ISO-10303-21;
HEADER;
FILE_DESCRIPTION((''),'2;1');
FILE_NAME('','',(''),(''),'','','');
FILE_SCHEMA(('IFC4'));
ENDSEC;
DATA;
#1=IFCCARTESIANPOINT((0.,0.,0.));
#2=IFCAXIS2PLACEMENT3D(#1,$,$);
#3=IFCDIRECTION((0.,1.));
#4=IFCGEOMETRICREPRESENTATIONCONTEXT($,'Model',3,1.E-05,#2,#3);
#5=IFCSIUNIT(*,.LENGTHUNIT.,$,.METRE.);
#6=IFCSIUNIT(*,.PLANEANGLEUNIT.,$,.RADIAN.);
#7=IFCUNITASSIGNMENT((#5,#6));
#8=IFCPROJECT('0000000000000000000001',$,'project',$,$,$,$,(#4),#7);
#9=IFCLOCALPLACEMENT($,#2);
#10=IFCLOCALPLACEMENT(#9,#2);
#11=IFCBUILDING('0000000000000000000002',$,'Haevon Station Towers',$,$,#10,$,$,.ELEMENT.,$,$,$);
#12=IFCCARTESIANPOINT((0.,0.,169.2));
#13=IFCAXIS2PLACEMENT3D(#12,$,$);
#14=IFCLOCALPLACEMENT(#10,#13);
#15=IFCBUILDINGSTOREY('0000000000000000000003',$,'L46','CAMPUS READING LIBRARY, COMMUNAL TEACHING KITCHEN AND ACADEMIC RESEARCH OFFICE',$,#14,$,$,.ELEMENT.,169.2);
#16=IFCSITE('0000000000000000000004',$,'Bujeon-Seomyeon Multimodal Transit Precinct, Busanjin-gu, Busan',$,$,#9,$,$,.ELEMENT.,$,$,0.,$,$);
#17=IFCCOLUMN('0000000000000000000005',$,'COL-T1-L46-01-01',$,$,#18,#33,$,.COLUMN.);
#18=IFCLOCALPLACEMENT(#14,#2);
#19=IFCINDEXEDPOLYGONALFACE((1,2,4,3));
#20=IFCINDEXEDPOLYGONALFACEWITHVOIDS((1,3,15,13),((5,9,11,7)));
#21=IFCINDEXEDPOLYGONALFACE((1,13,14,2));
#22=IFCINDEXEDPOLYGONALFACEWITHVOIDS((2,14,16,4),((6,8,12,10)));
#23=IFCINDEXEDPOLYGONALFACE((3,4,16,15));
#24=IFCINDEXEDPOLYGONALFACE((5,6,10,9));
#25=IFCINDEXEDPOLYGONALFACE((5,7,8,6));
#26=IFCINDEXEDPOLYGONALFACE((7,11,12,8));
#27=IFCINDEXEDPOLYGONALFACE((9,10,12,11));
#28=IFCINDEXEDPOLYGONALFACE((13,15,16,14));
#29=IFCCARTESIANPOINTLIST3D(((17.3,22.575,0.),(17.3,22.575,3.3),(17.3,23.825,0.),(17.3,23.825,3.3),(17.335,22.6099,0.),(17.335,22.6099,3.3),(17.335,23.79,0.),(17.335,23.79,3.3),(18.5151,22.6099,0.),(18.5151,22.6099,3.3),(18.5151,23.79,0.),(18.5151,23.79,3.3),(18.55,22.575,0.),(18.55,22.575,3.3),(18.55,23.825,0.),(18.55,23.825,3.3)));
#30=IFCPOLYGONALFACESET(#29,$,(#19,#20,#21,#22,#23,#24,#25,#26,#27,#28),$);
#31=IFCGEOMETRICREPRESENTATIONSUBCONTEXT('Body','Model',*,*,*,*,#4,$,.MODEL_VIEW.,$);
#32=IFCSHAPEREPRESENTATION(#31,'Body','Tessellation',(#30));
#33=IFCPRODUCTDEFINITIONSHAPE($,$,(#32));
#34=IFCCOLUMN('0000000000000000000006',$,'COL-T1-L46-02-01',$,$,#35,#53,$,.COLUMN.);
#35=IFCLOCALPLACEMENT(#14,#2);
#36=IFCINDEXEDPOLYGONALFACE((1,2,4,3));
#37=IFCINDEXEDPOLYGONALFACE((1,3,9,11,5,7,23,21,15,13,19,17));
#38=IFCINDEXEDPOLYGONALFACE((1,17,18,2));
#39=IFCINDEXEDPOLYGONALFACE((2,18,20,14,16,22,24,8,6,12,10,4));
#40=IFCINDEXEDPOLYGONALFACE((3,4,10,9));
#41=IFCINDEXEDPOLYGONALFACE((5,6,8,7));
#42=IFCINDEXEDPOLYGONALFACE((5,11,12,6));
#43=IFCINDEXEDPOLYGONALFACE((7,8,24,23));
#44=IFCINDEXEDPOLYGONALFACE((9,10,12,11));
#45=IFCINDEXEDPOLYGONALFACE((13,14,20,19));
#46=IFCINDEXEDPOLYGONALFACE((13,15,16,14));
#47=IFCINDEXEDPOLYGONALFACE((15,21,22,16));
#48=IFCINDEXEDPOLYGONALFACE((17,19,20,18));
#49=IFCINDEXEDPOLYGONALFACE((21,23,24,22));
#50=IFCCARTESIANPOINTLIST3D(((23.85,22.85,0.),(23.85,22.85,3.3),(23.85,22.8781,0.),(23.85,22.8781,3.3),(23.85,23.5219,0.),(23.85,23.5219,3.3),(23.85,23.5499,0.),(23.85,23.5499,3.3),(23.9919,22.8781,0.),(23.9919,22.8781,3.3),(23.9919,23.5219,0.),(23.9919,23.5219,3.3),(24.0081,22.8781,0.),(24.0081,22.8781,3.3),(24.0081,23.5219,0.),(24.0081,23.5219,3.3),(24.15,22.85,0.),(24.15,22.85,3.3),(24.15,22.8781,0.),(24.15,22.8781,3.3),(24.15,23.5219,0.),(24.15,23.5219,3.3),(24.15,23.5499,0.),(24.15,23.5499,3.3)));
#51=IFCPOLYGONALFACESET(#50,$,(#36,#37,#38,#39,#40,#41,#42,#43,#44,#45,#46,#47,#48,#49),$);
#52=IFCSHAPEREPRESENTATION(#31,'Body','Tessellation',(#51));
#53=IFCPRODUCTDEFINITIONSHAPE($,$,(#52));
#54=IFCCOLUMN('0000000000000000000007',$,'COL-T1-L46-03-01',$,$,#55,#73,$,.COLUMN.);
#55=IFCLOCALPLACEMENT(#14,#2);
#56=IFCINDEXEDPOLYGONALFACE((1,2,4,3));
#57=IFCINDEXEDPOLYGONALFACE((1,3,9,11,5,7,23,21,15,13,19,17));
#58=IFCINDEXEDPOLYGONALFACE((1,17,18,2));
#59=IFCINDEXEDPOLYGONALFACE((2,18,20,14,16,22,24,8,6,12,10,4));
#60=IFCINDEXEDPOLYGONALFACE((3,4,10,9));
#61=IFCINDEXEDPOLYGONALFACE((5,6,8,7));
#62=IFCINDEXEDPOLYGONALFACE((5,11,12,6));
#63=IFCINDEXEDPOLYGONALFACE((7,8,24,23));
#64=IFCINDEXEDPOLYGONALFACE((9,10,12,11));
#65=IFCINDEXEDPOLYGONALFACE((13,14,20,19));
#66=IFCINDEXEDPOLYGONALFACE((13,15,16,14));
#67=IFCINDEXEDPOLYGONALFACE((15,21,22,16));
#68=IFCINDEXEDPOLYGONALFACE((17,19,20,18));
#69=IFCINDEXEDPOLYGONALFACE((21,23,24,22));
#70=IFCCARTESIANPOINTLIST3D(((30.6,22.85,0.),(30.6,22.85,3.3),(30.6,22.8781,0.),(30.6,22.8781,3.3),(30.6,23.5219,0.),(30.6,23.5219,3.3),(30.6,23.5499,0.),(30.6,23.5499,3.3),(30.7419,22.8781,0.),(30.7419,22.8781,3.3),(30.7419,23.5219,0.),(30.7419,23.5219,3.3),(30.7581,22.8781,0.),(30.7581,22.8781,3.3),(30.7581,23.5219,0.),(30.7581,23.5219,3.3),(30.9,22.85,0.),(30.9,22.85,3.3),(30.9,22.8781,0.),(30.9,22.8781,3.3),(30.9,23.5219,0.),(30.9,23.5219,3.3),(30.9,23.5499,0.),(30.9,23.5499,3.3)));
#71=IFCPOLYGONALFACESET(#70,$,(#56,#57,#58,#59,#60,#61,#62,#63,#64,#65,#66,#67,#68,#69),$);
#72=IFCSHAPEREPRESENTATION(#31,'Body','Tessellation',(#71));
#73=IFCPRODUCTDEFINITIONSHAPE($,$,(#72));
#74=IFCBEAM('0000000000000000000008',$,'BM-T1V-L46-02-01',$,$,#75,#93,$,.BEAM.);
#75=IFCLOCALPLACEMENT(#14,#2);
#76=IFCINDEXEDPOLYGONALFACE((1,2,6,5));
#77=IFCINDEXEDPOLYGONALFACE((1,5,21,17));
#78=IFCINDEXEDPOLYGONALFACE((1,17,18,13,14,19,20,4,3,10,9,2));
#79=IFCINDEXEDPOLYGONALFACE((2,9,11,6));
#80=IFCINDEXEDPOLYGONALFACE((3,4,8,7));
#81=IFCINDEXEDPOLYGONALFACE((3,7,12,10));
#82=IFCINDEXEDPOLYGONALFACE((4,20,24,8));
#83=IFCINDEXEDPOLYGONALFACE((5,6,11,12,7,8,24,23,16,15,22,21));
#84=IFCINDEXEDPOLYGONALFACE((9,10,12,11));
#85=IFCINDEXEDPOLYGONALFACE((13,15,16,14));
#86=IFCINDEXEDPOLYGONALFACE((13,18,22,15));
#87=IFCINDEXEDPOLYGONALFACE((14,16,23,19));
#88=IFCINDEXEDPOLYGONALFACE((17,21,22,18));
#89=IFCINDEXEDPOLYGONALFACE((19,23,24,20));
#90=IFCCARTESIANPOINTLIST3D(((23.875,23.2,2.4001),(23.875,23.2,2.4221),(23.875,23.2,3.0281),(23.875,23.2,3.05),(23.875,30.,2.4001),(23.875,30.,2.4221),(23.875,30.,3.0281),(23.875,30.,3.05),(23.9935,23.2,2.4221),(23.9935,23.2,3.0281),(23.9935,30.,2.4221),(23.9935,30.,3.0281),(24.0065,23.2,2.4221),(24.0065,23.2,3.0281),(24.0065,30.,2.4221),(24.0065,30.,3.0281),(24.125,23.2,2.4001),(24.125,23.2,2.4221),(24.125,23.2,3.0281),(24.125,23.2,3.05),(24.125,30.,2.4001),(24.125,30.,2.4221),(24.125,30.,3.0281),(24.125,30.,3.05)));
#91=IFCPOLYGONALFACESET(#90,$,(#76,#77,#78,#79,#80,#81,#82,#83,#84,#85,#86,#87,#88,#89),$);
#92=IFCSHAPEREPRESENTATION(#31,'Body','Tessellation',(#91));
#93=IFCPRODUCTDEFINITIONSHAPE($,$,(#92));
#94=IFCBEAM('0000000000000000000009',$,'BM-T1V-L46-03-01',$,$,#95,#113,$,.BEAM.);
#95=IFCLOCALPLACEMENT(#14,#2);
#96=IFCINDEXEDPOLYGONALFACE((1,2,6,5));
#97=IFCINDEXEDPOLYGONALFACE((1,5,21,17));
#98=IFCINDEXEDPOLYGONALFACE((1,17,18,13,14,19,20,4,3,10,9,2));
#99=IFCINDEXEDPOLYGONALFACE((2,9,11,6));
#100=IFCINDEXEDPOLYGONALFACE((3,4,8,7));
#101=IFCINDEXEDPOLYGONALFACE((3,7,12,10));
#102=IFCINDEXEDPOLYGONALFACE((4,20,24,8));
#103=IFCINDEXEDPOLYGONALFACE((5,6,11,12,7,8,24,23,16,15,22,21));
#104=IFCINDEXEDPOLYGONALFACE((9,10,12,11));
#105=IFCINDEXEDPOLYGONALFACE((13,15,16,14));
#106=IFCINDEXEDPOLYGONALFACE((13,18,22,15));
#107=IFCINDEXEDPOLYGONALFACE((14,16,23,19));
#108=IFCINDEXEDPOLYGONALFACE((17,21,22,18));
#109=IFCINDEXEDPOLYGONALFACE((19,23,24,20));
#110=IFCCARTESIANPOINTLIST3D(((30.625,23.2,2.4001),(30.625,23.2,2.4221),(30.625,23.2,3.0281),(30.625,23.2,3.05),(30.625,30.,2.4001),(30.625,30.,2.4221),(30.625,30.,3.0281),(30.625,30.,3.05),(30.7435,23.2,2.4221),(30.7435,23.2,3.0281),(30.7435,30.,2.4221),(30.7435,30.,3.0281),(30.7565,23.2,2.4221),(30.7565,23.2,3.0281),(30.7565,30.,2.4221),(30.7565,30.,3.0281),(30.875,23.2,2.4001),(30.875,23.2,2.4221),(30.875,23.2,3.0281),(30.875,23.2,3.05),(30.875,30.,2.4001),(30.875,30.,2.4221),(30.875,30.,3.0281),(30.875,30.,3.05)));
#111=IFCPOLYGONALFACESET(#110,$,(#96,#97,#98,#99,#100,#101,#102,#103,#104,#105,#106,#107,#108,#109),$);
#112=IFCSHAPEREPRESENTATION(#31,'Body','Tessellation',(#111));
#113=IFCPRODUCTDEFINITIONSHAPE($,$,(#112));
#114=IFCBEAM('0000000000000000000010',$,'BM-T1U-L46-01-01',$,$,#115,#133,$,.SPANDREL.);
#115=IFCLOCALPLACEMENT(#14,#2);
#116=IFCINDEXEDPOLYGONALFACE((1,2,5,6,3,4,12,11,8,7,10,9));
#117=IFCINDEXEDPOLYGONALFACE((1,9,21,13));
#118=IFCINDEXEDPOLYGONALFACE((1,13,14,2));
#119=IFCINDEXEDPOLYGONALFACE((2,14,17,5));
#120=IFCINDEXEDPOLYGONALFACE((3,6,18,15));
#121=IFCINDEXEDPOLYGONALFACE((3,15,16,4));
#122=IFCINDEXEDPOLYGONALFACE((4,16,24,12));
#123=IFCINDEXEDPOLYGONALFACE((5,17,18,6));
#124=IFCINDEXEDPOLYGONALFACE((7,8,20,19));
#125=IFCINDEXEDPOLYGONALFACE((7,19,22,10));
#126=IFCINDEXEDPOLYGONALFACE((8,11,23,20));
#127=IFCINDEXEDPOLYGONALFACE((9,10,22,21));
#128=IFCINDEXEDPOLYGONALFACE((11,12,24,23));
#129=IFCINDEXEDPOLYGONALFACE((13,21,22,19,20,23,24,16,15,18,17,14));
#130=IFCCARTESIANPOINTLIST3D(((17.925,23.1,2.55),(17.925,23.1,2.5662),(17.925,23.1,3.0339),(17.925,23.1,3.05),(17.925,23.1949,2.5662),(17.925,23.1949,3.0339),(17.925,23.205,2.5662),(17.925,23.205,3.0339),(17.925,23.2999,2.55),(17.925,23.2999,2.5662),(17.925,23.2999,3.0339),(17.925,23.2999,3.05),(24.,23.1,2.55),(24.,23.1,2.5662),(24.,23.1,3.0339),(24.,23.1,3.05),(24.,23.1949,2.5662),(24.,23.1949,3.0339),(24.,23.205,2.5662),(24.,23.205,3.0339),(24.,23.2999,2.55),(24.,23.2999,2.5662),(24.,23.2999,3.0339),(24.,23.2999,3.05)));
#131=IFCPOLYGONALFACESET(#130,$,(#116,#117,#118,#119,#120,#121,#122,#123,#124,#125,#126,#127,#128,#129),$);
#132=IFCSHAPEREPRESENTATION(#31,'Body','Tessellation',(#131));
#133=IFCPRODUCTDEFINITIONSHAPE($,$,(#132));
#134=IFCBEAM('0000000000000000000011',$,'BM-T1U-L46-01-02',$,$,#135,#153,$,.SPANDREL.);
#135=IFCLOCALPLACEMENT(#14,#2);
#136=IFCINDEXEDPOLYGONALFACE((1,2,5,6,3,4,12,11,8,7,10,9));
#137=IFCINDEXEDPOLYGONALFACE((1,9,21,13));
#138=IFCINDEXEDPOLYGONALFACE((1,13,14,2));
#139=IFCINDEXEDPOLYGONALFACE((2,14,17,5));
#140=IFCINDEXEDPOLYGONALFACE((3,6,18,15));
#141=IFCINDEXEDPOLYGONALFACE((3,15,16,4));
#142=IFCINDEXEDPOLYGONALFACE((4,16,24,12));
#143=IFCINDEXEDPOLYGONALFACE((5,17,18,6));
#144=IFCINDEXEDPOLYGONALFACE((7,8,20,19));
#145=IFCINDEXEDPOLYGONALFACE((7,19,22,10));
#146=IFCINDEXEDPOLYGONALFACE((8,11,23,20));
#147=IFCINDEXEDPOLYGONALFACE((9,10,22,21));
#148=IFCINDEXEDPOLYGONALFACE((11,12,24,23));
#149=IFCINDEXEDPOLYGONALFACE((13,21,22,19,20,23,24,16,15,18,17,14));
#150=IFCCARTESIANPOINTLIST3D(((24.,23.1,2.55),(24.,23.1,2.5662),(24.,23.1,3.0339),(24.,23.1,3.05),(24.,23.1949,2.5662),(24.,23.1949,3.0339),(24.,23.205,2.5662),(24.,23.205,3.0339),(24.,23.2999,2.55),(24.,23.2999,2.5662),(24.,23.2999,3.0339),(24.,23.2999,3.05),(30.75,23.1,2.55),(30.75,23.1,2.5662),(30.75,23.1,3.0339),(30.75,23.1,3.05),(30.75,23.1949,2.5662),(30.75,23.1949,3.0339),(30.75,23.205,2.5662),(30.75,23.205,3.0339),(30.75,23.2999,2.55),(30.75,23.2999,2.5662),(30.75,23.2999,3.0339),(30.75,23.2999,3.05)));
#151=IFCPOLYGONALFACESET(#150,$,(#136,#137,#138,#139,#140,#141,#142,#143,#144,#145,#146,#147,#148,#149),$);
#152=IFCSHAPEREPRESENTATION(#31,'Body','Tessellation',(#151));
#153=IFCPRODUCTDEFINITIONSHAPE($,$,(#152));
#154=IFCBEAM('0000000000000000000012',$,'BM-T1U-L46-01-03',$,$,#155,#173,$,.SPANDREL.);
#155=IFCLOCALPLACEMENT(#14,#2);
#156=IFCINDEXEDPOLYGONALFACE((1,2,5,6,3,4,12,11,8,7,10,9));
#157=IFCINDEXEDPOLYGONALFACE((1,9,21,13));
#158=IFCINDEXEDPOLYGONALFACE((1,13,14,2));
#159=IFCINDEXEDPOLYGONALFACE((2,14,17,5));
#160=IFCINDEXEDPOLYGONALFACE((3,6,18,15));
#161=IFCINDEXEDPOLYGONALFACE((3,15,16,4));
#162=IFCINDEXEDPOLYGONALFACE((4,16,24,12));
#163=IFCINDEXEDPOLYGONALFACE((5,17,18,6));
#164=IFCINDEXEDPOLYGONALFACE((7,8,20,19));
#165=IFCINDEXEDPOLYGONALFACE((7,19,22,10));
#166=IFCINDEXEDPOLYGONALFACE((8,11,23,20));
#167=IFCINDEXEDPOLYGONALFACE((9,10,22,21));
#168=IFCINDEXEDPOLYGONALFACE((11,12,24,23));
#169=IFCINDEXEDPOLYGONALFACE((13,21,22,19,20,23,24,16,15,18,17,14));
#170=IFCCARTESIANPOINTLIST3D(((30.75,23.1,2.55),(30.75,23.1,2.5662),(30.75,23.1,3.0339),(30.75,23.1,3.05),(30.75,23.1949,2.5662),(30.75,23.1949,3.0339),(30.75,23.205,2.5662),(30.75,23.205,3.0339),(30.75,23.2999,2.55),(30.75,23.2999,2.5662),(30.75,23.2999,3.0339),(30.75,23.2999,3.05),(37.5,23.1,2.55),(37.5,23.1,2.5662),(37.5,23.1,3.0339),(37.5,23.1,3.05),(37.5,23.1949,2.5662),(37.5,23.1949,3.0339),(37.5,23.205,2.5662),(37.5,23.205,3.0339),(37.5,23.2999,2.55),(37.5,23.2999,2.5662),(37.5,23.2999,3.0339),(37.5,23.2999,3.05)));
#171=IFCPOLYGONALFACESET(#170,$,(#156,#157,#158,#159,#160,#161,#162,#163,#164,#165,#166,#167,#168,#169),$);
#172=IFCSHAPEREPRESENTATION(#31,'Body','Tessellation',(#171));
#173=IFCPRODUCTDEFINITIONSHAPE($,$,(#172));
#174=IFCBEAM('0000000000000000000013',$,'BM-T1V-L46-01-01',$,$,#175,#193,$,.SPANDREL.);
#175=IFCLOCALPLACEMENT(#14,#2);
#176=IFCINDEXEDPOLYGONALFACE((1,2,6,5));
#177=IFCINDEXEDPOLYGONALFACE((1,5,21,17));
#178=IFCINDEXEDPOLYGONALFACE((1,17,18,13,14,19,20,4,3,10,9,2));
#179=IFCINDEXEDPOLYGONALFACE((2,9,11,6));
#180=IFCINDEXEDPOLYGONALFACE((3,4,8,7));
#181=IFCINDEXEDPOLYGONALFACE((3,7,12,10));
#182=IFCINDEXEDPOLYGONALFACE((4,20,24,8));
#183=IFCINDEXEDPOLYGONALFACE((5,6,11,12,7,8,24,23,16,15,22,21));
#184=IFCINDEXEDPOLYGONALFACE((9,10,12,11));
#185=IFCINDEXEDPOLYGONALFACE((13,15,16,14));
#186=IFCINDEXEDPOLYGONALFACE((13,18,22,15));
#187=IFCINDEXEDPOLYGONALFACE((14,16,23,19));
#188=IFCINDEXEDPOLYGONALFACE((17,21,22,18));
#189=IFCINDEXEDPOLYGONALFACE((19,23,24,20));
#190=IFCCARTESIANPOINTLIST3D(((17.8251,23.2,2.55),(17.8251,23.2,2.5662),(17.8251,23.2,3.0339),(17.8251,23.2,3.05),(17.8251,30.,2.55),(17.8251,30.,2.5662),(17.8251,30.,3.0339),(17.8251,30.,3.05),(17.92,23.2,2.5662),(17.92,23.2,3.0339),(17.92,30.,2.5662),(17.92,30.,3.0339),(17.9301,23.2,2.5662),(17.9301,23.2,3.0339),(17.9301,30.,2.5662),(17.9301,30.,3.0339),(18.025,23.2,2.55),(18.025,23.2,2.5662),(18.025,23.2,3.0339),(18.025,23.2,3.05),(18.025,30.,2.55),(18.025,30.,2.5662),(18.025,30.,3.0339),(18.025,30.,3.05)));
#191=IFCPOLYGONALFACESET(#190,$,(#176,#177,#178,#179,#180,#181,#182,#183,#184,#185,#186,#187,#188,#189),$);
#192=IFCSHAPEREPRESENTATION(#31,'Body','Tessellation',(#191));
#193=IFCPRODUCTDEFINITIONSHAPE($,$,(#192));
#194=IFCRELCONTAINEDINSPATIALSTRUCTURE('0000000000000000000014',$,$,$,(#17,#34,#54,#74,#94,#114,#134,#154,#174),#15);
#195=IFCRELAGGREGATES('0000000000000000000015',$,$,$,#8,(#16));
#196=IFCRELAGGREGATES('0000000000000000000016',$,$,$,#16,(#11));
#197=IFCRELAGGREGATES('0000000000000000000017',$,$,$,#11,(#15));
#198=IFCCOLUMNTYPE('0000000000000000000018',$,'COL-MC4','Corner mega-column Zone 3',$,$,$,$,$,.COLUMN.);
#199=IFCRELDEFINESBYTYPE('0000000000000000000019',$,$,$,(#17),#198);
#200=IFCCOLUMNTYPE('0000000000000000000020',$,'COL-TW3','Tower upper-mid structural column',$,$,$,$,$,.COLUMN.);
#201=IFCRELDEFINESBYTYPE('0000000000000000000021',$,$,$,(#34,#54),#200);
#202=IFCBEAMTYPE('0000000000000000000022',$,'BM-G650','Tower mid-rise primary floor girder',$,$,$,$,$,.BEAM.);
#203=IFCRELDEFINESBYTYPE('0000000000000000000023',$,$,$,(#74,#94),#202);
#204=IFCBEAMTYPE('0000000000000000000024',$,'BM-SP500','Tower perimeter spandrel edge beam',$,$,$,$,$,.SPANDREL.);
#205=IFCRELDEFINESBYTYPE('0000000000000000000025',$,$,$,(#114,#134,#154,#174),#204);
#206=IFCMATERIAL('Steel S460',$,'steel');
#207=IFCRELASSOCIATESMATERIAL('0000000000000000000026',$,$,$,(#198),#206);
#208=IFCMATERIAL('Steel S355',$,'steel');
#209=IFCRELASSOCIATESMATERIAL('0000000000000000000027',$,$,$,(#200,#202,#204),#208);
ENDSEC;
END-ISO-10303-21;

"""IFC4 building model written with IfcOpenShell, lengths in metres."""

from ifc_helpers import new_model, si_unit, direction, frame, origin, origin_2d, place, context, subcontext, project, spatial, hollow_rectangle, i_section, extrude, material, material_profile, profile_set, type_object, element, save


model = new_model("IFC4")

# Units and contexts
model_context = context("Model", 3, precision=1e-05, world=origin(), true_north=direction((0.0, 1.0)))
body_context = subcontext(model_context, "Body", "Model", "MODEL_VIEW")
ifc_project = project(units=[si_unit("LENGTHUNIT", "METRE"), si_unit("PLANEANGLEUNIT", "RADIAN")], contexts=[model_context])

# Site, building, storey
site_placement = place(None, origin())
site = spatial("IfcSite", under=ifc_project, at=site_placement, Name="Bujeon-Seomyeon Multimodal Transit Precinct, Busanjin-gu, Busan", CompositionType="ELEMENT", RefElevation=0.0)
building_placement = place(site_placement, origin())
building = spatial("IfcBuilding", under=site, at=building_placement, Name="Haevon Station Towers", CompositionType="ELEMENT")
storey_placement = place(building_placement, frame((0.0, 0.0, 169.2)))
storey = spatial("IfcBuildingStorey", under=building, at=storey_placement, Name="L46", Description="CAMPUS READING LIBRARY, COMMUNAL TEACHING KITCHEN AND ACADEMIC RESEARCH OFFICE", CompositionType="ELEMENT", Elevation=169.2)

# Columns
ifc_material_1 = material(Name="Steel S460", Category="steel")
ifc_material_profile_1 = material_profile(ifc_material_1, hollow_rectangle(XDim=1.25, YDim=1.25, WallThickness=0.0349, at=origin_2d()), Name="BOX-1250x1250x35")
ifc_profile_set_1 = profile_set([ifc_material_profile_1], Name="Steel S460")
column_type_1 = type_object("IfcColumnType", Name="COL-MC4", Description="Corner mega-column Zone 3", PredefinedType="COLUMN", material=ifc_profile_set_1)
column_placement = place(storey_placement, frame((17.925, 23.2, 0.0), z_axis=(0.0, 0.0, 1.0), x_axis=(1.0, 0.0, 0.0)))
element("IfcColumn", 1, at=column_placement, inside=storey, type_object=column_type_1, Name="COL-T1-L46-01-01", PredefinedType="COLUMN", context=body_context, shape_type="SweptSolid", body=[
    extrude(hollow_rectangle(XDim=1.25, YDim=1.25, WallThickness=0.0349, at=origin_2d()), origin(), (0.0, 0.0, 1.0), 3.3),
])
ifc_material_2 = material(Name="Steel S355", Category="steel")
ifc_material_profile_2 = material_profile(ifc_material_2, i_section(OverallWidth=0.3, OverallDepth=0.7, WebThickness=0.0161, FlangeThickness=0.0281, at=origin_2d()), Name="H-700x300x16x28")
ifc_profile_set_2 = profile_set([ifc_material_profile_2], Name="Steel S355")
column_type_2 = type_object("IfcColumnType", Name="COL-TW3", Description="Tower upper-mid structural column", PredefinedType="COLUMN", material=ifc_profile_set_2)
for number, where, z_axis, x_axis, name in (
    (2, (24.0, 23.2, 0.0), (0.0, 0.0, 1.0), (1.0, 0.0, 0.0), "COL-T1-L46-02-01"),
    (3, (30.75, 23.2, 0.0), (0.0, 0.0, 1.0), (1.0, 0.0, 0.0), "COL-T1-L46-03-01"),
):
    element("IfcColumn", number, at=place(storey_placement, frame(where, z_axis=z_axis, x_axis=x_axis)), inside=storey, type_object=column_type_2, Name=name, PredefinedType="COLUMN", context=body_context, shape_type="SweptSolid", body=[
        extrude(i_section(OverallWidth=0.3, OverallDepth=0.7, WebThickness=0.0161, FlangeThickness=0.0281, at=origin_2d()), origin(), (0.0, 0.0, 1.0), 3.3),
    ])

# Beams
ifc_material_profile_3 = material_profile(ifc_material_2, i_section(OverallWidth=0.25, OverallDepth=0.6499, WebThickness=0.0129, FlangeThickness=0.022, at=origin_2d()), Name="H-650x250x13x22")
ifc_profile_set_3 = profile_set([ifc_material_profile_3], Name="Steel S355")
beam_type_1 = type_object("IfcBeamType", Name="BM-G650", Description="Tower mid-rise primary floor girder", PredefinedType="BEAM", material=ifc_profile_set_3)
for number, where, z_axis, x_axis, name in (
    (4, (24.0, 23.2, 2.7251), (0.0, 1.0, 0.0), (-1.0, 0.0, 0.0), "BM-T1V-L46-02-01"),
    (5, (30.75, 23.2, 2.7251), (0.0, 1.0, 0.0), (-1.0, 0.0, 0.0), "BM-T1V-L46-03-01"),
):
    element("IfcBeam", number, at=place(storey_placement, frame(where, z_axis=z_axis, x_axis=x_axis)), inside=storey, type_object=beam_type_1, Name=name, PredefinedType="BEAM", context=body_context, shape_type="SweptSolid", body=[
        extrude(i_section(OverallWidth=0.25, OverallDepth=0.6499, WebThickness=0.0129, FlangeThickness=0.022, at=origin_2d()), origin(), (0.0, 0.0, 1.0), 6.8),
    ])
ifc_material_profile_4 = material_profile(ifc_material_2, i_section(OverallWidth=0.2, OverallDepth=0.5, WebThickness=0.01, FlangeThickness=0.0161, at=origin_2d()), Name="H-500x200x10x16")
ifc_profile_set_4 = profile_set([ifc_material_profile_4], Name="Steel S355")
beam_type_2 = type_object("IfcBeamType", Name="BM-SP500", Description="Tower perimeter spandrel edge beam", PredefinedType="SPANDREL", material=ifc_profile_set_4)
beam_1_placement = place(storey_placement, frame((17.925, 23.2, 2.8), z_axis=(1.0, 0.0, 0.0), x_axis=(0.0, 1.0, 0.0)))
element("IfcBeam", 6, at=beam_1_placement, inside=storey, type_object=beam_type_2, Name="BM-T1U-L46-01-01", PredefinedType="SPANDREL", context=body_context, shape_type="SweptSolid", body=[
    extrude(i_section(OverallWidth=0.2, OverallDepth=0.5, WebThickness=0.01, FlangeThickness=0.0161, at=origin_2d()), origin(), (0.0, 0.0, 1.0), 6.075),
])
for number, where, z_axis, x_axis, name in (
    (7, (24.0, 23.2, 2.8), (1.0, 0.0, 0.0), (0.0, 1.0, 0.0), "BM-T1U-L46-01-02"),
    (8, (30.75, 23.2, 2.8), (1.0, 0.0, 0.0), (0.0, 1.0, 0.0), "BM-T1U-L46-01-03"),
):
    element("IfcBeam", number, at=place(storey_placement, frame(where, z_axis=z_axis, x_axis=x_axis)), inside=storey, type_object=beam_type_2, Name=name, PredefinedType="SPANDREL", context=body_context, shape_type="SweptSolid", body=[
        extrude(i_section(OverallWidth=0.2, OverallDepth=0.5, WebThickness=0.01, FlangeThickness=0.0161, at=origin_2d()), origin(), (0.0, 0.0, 1.0), 6.75),
    ])
beam_2_placement = place(storey_placement, frame((17.925, 23.2, 2.8), z_axis=(0.0, 1.0, 0.0), x_axis=(-1.0, 0.0, 0.0)))
element("IfcBeam", 9, at=beam_2_placement, inside=storey, type_object=beam_type_2, Name="BM-T1V-L46-01-01", PredefinedType="SPANDREL", context=body_context, shape_type="SweptSolid", body=[
    extrude(i_section(OverallWidth=0.2, OverallDepth=0.5, WebThickness=0.01, FlangeThickness=0.0161, at=origin_2d()), origin(), (0.0, 0.0, 1.0), 6.8),
])

save(model, "model.ifc")
